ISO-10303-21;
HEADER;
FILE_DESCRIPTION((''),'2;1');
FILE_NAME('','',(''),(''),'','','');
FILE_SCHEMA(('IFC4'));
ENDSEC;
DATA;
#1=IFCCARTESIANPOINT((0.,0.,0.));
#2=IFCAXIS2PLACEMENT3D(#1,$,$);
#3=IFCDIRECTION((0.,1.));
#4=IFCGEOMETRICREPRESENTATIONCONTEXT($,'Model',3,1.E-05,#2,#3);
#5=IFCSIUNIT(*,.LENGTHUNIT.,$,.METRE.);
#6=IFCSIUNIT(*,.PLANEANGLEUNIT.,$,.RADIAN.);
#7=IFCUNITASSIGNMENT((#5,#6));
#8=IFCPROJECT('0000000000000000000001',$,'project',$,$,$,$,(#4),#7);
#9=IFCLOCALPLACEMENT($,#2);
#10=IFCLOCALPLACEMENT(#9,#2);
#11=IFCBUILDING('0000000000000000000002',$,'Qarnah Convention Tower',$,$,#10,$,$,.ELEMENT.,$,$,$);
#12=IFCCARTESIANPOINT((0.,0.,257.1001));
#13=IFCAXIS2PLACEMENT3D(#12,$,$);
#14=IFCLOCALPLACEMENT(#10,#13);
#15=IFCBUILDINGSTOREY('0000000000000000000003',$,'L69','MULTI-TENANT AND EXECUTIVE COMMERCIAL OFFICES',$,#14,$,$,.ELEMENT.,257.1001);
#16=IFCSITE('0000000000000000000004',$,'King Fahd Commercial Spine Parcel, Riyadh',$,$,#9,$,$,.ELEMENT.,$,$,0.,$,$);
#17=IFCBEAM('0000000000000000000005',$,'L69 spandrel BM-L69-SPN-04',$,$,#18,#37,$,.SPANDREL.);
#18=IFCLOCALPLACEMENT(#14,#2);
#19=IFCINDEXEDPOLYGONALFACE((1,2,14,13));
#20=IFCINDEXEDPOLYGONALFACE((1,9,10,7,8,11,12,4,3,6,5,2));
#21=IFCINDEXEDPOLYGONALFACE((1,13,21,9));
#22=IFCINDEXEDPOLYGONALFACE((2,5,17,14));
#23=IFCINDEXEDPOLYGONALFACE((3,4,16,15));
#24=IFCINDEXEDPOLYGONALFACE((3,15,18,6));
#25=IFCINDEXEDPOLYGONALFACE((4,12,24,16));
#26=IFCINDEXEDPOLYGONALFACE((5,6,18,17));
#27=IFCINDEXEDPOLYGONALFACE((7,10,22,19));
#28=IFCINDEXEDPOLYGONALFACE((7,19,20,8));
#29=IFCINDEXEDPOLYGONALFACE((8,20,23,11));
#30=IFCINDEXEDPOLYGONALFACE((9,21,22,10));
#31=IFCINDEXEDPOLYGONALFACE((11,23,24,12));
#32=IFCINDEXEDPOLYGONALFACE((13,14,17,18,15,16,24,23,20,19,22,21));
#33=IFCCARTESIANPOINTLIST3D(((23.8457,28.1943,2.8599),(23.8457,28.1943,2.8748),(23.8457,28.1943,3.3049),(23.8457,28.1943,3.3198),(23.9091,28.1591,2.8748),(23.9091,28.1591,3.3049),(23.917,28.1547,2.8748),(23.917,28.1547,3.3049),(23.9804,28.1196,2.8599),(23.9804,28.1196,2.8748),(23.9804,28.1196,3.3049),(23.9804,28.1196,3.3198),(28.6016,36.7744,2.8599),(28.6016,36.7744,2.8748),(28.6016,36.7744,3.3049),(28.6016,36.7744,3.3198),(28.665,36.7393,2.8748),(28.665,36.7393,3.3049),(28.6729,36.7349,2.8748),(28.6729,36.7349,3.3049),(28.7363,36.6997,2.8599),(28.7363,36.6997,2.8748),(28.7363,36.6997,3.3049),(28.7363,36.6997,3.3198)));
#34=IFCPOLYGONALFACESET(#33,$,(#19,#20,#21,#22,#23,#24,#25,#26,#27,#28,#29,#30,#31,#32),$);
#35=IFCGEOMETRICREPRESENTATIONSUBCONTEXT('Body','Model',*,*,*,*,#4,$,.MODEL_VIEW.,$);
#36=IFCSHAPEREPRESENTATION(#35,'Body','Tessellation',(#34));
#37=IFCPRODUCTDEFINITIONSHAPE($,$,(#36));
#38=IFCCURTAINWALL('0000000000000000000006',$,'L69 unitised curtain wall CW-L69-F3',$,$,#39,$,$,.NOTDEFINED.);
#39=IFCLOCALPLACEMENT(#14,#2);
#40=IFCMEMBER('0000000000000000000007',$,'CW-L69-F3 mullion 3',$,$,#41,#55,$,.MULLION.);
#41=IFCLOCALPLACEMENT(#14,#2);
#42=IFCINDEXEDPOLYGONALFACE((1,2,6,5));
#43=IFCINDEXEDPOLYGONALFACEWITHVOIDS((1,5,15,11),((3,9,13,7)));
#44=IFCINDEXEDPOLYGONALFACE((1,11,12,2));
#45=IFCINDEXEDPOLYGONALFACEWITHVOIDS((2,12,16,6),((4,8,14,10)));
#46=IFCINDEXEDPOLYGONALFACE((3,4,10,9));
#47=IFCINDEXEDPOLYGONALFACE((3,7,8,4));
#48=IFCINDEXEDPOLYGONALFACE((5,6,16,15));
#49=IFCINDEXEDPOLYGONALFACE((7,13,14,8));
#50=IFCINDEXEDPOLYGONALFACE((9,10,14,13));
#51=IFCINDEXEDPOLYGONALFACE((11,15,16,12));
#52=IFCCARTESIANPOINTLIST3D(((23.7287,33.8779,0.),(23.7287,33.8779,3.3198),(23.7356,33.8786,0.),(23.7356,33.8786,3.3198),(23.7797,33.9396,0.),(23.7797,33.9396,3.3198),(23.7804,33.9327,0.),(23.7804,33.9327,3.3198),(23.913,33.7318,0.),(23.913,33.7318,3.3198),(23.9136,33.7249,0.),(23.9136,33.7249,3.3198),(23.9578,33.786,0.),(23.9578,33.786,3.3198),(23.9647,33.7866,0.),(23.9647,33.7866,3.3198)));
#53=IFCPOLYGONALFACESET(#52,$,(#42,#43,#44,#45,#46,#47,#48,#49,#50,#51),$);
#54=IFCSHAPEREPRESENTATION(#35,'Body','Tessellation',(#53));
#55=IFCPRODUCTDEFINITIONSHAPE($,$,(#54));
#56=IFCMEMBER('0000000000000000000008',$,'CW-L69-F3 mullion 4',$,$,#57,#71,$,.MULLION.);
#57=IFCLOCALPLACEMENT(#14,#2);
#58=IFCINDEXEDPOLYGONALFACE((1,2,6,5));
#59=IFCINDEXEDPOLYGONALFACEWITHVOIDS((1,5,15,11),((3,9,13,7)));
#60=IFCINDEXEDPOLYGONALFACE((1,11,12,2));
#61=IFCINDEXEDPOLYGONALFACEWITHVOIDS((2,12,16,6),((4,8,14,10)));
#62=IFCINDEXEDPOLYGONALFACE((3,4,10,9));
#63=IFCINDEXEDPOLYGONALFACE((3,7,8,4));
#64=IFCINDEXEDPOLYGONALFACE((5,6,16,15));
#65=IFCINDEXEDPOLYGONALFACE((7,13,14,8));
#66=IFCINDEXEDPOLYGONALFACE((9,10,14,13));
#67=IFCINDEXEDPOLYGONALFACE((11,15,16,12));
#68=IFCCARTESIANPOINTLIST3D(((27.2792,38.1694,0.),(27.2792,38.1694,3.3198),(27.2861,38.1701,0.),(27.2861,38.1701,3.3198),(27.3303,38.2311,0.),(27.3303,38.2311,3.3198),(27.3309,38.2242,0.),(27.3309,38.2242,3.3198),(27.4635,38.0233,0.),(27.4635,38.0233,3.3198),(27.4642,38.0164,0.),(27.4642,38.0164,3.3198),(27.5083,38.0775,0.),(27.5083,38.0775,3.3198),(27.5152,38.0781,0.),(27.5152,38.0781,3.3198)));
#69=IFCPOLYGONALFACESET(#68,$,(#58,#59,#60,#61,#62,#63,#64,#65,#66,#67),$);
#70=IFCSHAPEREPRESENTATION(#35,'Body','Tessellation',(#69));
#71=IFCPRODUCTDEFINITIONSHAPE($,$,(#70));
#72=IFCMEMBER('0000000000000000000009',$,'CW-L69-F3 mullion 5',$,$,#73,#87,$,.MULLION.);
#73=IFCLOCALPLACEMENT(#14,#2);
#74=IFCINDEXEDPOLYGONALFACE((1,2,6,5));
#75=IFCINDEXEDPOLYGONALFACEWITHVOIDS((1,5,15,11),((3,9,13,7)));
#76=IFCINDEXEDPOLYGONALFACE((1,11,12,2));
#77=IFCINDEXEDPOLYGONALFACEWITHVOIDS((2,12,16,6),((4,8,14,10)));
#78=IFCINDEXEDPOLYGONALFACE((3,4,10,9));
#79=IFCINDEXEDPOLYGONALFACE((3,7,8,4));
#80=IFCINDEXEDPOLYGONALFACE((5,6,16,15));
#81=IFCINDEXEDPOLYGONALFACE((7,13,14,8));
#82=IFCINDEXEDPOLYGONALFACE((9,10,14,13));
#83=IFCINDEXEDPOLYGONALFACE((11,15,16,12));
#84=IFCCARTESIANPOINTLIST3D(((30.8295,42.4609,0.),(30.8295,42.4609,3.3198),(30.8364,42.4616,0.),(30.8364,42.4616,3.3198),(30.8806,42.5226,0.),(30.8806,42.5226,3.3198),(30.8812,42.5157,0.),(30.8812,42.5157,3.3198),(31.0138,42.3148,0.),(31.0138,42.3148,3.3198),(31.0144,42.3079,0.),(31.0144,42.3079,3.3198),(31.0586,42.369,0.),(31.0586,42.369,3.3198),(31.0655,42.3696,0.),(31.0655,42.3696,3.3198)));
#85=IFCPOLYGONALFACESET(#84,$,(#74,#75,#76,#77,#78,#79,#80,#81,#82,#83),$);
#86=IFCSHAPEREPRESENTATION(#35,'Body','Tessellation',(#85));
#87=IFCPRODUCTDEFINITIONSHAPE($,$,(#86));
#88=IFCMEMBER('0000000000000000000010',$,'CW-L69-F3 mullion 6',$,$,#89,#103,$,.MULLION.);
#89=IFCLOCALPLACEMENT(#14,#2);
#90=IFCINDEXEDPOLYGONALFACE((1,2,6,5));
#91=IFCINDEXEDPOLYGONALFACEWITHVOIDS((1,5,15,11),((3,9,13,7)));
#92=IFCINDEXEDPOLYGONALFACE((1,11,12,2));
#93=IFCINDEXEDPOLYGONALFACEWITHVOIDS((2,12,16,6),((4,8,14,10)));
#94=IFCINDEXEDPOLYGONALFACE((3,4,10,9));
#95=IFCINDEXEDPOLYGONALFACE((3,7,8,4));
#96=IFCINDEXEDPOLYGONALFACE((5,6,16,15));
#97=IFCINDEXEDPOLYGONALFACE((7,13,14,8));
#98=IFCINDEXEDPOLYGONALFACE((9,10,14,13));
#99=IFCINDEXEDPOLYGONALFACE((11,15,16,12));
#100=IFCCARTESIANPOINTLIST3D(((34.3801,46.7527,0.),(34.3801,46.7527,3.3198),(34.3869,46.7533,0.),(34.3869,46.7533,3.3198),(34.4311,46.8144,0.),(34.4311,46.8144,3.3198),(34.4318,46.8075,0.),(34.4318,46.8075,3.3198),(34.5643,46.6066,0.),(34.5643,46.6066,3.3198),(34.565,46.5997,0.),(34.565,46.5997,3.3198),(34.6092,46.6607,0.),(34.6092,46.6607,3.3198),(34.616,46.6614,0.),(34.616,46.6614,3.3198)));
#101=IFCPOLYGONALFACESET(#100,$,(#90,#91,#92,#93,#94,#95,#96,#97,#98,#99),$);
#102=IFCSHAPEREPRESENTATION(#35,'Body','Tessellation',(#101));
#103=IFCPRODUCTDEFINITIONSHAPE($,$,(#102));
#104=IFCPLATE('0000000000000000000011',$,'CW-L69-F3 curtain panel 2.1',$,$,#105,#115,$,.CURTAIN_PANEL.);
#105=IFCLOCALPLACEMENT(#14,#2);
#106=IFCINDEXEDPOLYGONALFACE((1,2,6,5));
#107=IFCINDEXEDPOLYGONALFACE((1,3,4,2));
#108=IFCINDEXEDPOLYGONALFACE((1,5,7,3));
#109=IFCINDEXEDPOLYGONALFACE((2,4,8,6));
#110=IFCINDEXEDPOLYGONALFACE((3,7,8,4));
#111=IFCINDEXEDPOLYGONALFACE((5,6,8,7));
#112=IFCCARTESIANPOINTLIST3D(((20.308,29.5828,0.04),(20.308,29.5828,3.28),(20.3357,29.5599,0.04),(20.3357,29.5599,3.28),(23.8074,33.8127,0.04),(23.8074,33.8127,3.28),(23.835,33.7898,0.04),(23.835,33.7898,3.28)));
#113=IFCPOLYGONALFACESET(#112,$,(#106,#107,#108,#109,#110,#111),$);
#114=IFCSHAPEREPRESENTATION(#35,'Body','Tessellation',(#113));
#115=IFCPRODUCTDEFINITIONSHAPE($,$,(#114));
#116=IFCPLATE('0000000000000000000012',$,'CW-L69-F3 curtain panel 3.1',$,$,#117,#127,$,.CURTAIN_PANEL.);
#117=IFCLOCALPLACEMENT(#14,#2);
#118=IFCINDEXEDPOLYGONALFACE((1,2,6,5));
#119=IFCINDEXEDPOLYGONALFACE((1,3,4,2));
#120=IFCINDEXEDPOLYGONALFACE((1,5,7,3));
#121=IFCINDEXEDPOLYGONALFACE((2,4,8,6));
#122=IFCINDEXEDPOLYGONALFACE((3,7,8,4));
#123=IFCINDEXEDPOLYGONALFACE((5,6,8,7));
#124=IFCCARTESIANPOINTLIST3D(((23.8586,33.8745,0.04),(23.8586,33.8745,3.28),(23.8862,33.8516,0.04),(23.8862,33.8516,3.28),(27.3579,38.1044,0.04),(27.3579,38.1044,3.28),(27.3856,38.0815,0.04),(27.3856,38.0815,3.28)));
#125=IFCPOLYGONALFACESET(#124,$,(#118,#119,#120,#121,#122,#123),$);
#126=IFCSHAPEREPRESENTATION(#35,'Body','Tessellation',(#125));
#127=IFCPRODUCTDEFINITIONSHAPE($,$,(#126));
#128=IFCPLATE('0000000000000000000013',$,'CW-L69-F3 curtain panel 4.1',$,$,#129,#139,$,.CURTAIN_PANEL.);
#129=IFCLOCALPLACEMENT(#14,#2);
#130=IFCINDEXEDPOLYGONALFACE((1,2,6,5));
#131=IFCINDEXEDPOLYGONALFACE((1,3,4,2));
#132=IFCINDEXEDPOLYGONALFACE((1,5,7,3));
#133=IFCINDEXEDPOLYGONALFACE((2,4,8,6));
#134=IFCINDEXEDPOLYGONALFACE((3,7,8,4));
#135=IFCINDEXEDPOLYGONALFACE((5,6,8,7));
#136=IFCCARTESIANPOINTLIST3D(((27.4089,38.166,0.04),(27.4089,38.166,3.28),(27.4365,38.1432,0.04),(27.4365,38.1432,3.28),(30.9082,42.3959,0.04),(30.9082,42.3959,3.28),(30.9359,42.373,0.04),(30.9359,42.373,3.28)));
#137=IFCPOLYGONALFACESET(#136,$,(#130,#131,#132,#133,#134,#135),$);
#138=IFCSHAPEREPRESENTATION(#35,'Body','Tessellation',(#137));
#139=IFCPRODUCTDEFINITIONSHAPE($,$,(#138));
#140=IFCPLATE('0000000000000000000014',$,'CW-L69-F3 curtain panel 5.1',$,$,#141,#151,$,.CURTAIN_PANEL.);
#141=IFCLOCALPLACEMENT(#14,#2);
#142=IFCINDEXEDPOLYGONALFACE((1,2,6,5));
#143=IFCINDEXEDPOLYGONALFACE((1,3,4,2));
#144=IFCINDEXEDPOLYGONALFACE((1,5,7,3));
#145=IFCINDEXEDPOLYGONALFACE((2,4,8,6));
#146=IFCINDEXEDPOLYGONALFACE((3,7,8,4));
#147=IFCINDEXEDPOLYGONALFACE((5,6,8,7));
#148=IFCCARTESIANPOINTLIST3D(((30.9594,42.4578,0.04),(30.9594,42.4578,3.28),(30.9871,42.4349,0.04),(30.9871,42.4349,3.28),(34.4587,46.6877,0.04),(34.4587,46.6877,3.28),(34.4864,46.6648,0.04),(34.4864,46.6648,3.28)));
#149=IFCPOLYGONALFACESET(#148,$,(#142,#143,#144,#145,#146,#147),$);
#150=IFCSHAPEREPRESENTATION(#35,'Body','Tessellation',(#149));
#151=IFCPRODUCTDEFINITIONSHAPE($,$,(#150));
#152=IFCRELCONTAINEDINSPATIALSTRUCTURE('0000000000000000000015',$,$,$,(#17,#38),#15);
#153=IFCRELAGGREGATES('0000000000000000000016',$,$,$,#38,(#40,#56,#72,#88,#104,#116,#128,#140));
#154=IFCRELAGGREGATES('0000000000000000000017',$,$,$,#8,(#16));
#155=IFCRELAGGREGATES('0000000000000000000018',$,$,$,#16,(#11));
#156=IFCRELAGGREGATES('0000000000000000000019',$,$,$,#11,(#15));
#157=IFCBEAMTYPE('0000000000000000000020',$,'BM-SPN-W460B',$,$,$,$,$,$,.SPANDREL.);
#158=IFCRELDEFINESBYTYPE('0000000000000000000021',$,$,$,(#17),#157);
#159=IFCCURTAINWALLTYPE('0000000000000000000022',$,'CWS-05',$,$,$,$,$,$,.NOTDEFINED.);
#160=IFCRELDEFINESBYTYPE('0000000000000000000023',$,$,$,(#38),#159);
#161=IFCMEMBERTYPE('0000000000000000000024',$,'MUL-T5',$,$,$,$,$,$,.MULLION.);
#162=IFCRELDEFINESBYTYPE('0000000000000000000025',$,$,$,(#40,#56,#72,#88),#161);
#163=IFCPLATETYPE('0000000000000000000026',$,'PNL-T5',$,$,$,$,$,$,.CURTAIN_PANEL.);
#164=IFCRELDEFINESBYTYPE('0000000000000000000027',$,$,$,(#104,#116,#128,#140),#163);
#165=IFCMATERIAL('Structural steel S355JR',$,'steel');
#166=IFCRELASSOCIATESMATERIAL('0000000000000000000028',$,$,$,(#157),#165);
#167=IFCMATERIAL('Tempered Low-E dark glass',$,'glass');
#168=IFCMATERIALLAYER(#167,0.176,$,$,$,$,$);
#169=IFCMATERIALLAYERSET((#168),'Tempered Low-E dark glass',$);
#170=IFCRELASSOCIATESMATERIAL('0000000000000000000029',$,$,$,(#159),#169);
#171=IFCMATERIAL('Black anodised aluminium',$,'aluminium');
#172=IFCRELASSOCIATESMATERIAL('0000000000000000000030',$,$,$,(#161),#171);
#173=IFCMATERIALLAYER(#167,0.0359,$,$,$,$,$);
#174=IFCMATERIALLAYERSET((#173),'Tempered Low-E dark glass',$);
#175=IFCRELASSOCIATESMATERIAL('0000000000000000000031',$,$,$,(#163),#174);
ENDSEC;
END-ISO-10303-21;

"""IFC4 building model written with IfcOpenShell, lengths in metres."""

from ifc_helpers import new_model, si_unit, direction, frame, origin, origin_2d, place, context, subcontext, project, spatial, rectangle, hollow_rectangle, i_section, extrude, material, layer, layer_set, material_profile, profile_set, type_object, element, aggregate, save


model = new_model("IFC4")

# Units and contexts
model_context = context("Model", 3, precision=1e-05, world=origin(), true_north=direction((0.0, 1.0)))
body_context = subcontext(model_context, "Body", "Model", "MODEL_VIEW")
ifc_project = project(units=[si_unit("LENGTHUNIT", "METRE"), si_unit("PLANEANGLEUNIT", "RADIAN")], contexts=[model_context])

# Site, building, storey
site_placement = place(None, origin())
site = spatial("IfcSite", under=ifc_project, at=site_placement, Name="King Fahd Commercial Spine Parcel, Riyadh", CompositionType="ELEMENT", RefElevation=0.0)
building_placement = place(site_placement, origin())
building = spatial("IfcBuilding", under=site, at=building_placement, Name="Qarnah Convention Tower", CompositionType="ELEMENT")
storey_placement = place(building_placement, frame((0.0, 0.0, 257.1001)))
storey = spatial("IfcBuildingStorey", under=building, at=storey_placement, Name="L69", Description="MULTI-TENANT AND EXECUTIVE COMMERCIAL OFFICES", CompositionType="ELEMENT", Elevation=257.1001)

# Beam
ifc_material_1 = material(Name="Structural steel S355JR", Category="steel")
ifc_material_profile_1 = material_profile(ifc_material_1, i_section(OverallWidth=0.1541, OverallDepth=0.46, WebThickness=0.009, FlangeThickness=0.0149, at=origin_2d()), Name="W460X68")
ifc_profile_set_1 = profile_set([ifc_material_profile_1], Name="Structural steel S355JR")
beam_type_1 = type_object("IfcBeamType", Name="BM-SPN-W460B", PredefinedType="SPANDREL", material=ifc_profile_set_1)
beam_1_placement = place(storey_placement, frame((28.6689, 36.7371, 3.0898), z_axis=(-0.484797, -0.874626, 0.0), x_axis=(0.874626, -0.484797, 0.0)))
element("IfcBeam", 1, at=beam_1_placement, inside=storey, type_object=beam_type_1, Name="L69 spandrel BM-L69-SPN-04", PredefinedType="SPANDREL", context=body_context, shape_type="SweptSolid", body=[
    extrude(i_section(OverallWidth=0.1541, OverallDepth=0.46, WebThickness=0.009, FlangeThickness=0.0149, at=origin_2d()), origin(), (0.0, 0.0, 1.0), 9.8101),
])

# Curtain wall, members, plates
ifc_material_2 = material(Name="Tempered Low-E dark glass", Category="glass")
ifc_layer_1 = layer(ifc_material_2, 0.176)
ifc_layer_set_1 = layer_set([ifc_layer_1], Name="Tempered Low-E dark glass")
curtain_wall_type = type_object("IfcCurtainWallType", Name="CWS-05", PredefinedType="NOTDEFINED", material=ifc_layer_set_1)
curtain_wall_placement = place(storey_placement, origin())
curtain_wall = element("IfcCurtainWall", 2, at=curtain_wall_placement, inside=storey, type_object=curtain_wall_type, Name="L69 unitised curtain wall CW-L69-F3", PredefinedType="NOTDEFINED")
ifc_material_3 = material(Name="Black anodised aluminium", Category="aluminium")
ifc_material_profile_2 = material_profile(ifc_material_3, hollow_rectangle(XDim=0.0801, YDim=0.24, WallThickness=0.0049, at=origin_2d()), Name="MUL-80X240")
ifc_profile_set_2 = profile_set([ifc_material_profile_2], Name="Black anodised aluminium")
member_type = type_object("IfcMemberType", Name="MUL-T5", PredefinedType="MULLION", material=ifc_profile_set_2)
member_1_placement = place(storey_placement, frame((23.8467, 33.8323, 0.0), z_axis=(0.0, 0.0, 1.0), x_axis=(0.637432, 0.770506, 0.0)))
member_1 = element("IfcMember", 3, at=member_1_placement, type_object=member_type, Name="CW-L69-F3 mullion 3", PredefinedType="MULLION", context=body_context, shape_type="SweptSolid", body=[
    extrude(hollow_rectangle(XDim=0.0801, YDim=0.24, WallThickness=0.0049, at=origin_2d()), origin(), (0.0, 0.0, 1.0), 3.3198),
])
member_2_placement = place(storey_placement, frame((27.3972, 38.1238, 0.0), z_axis=(0.0, 0.0, 1.0), x_axis=(0.637432, 0.770506, 0.0)))
member_2 = element("IfcMember", 4, at=member_2_placement, type_object=member_type, Name="CW-L69-F3 mullion 4", PredefinedType="MULLION", context=body_context, shape_type="SweptSolid", body=[
    extrude(hollow_rectangle(XDim=0.0801, YDim=0.24, WallThickness=0.0049, at=origin_2d()), origin(), (0.0, 0.0, 1.0), 3.3198),
])
member_3_placement = place(storey_placement, frame((30.9475, 42.4153, 0.0), z_axis=(0.0, 0.0, 1.0), x_axis=(0.637432, 0.770506, 0.0)))
member_3 = element("IfcMember", 5, at=member_3_placement, type_object=member_type, Name="CW-L69-F3 mullion 5", PredefinedType="MULLION", context=body_context, shape_type="SweptSolid", body=[
    extrude(hollow_rectangle(XDim=0.0801, YDim=0.24, WallThickness=0.0049, at=origin_2d()), origin(), (0.0, 0.0, 1.0), 3.3198),
])
member_4_placement = place(storey_placement, frame((34.498, 46.707, 0.0), z_axis=(0.0, 0.0, 1.0), x_axis=(0.637432, 0.770506, 0.0)))
member_4 = element("IfcMember", 6, at=member_4_placement, type_object=member_type, Name="CW-L69-F3 mullion 6", PredefinedType="MULLION", context=body_context, shape_type="SweptSolid", body=[
    extrude(hollow_rectangle(XDim=0.0801, YDim=0.24, WallThickness=0.0049, at=origin_2d()), origin(), (0.0, 0.0, 1.0), 3.3198),
])
ifc_layer_2 = layer(ifc_material_2, 0.0359)
ifc_layer_set_2 = layer_set([ifc_layer_2], Name="Tempered Low-E dark glass")
plate_type = type_object("IfcPlateType", Name="PNL-T5", PredefinedType="CURTAIN_PANEL", material=ifc_layer_set_2)
plate_1_placement = place(storey_placement, frame((22.0715, 31.6863, 0.04), z_axis=(0.0, 0.0, 1.0), x_axis=(0.637432, 0.770506, 0.0)))
plate_1 = element("IfcPlate", 7, at=plate_1_placement, type_object=plate_type, Name="CW-L69-F3 curtain panel 2.1", PredefinedType="CURTAIN_PANEL", context=body_context, shape_type="SweptSolid", body=[
    extrude(rectangle(XDim=5.4897, YDim=0.0359, at=origin_2d()), origin(), (0.0, 0.0, 1.0), 3.24),
])
plate_2_placement = place(storey_placement, frame((25.6221, 35.978, 0.04), z_axis=(0.0, 0.0, 1.0), x_axis=(0.637432, 0.770506, 0.0)))
plate_2 = element("IfcPlate", 8, at=plate_2_placement, type_object=plate_type, Name="CW-L69-F3 curtain panel 3.1", PredefinedType="CURTAIN_PANEL", context=body_context, shape_type="SweptSolid", body=[
    extrude(rectangle(XDim=5.4897, YDim=0.0359, at=origin_2d()), origin(), (0.0, 0.0, 1.0), 3.24),
])
plate_3_placement = place(storey_placement, frame((29.1724, 40.2695, 0.04), z_axis=(0.0, 0.0, 1.0), x_axis=(0.637432, 0.770506, 0.0)))
plate_3 = element("IfcPlate", 9, at=plate_3_placement, type_object=plate_type, Name="CW-L69-F3 curtain panel 4.1", PredefinedType="CURTAIN_PANEL", context=body_context, shape_type="SweptSolid", body=[
    extrude(rectangle(XDim=5.4897, YDim=0.0359, at=origin_2d()), origin(), (0.0, 0.0, 1.0), 3.24),
])
plate_4_placement = place(storey_placement, frame((32.7229, 44.5613, 0.04), z_axis=(0.0, 0.0, 1.0), x_axis=(0.637432, 0.770506, 0.0)))
plate_4 = element("IfcPlate", 10, at=plate_4_placement, type_object=plate_type, Name="CW-L69-F3 curtain panel 5.1", PredefinedType="CURTAIN_PANEL", context=body_context, shape_type="SweptSolid", body=[
    extrude(rectangle(XDim=5.4897, YDim=0.0359, at=origin_2d()), origin(), (0.0, 0.0, 1.0), 3.24),
])
aggregate(curtain_wall, [member_1, member_2, member_3, member_4, plate_1, plate_2, plate_3, plate_4])

save(model, "model.ifc")
